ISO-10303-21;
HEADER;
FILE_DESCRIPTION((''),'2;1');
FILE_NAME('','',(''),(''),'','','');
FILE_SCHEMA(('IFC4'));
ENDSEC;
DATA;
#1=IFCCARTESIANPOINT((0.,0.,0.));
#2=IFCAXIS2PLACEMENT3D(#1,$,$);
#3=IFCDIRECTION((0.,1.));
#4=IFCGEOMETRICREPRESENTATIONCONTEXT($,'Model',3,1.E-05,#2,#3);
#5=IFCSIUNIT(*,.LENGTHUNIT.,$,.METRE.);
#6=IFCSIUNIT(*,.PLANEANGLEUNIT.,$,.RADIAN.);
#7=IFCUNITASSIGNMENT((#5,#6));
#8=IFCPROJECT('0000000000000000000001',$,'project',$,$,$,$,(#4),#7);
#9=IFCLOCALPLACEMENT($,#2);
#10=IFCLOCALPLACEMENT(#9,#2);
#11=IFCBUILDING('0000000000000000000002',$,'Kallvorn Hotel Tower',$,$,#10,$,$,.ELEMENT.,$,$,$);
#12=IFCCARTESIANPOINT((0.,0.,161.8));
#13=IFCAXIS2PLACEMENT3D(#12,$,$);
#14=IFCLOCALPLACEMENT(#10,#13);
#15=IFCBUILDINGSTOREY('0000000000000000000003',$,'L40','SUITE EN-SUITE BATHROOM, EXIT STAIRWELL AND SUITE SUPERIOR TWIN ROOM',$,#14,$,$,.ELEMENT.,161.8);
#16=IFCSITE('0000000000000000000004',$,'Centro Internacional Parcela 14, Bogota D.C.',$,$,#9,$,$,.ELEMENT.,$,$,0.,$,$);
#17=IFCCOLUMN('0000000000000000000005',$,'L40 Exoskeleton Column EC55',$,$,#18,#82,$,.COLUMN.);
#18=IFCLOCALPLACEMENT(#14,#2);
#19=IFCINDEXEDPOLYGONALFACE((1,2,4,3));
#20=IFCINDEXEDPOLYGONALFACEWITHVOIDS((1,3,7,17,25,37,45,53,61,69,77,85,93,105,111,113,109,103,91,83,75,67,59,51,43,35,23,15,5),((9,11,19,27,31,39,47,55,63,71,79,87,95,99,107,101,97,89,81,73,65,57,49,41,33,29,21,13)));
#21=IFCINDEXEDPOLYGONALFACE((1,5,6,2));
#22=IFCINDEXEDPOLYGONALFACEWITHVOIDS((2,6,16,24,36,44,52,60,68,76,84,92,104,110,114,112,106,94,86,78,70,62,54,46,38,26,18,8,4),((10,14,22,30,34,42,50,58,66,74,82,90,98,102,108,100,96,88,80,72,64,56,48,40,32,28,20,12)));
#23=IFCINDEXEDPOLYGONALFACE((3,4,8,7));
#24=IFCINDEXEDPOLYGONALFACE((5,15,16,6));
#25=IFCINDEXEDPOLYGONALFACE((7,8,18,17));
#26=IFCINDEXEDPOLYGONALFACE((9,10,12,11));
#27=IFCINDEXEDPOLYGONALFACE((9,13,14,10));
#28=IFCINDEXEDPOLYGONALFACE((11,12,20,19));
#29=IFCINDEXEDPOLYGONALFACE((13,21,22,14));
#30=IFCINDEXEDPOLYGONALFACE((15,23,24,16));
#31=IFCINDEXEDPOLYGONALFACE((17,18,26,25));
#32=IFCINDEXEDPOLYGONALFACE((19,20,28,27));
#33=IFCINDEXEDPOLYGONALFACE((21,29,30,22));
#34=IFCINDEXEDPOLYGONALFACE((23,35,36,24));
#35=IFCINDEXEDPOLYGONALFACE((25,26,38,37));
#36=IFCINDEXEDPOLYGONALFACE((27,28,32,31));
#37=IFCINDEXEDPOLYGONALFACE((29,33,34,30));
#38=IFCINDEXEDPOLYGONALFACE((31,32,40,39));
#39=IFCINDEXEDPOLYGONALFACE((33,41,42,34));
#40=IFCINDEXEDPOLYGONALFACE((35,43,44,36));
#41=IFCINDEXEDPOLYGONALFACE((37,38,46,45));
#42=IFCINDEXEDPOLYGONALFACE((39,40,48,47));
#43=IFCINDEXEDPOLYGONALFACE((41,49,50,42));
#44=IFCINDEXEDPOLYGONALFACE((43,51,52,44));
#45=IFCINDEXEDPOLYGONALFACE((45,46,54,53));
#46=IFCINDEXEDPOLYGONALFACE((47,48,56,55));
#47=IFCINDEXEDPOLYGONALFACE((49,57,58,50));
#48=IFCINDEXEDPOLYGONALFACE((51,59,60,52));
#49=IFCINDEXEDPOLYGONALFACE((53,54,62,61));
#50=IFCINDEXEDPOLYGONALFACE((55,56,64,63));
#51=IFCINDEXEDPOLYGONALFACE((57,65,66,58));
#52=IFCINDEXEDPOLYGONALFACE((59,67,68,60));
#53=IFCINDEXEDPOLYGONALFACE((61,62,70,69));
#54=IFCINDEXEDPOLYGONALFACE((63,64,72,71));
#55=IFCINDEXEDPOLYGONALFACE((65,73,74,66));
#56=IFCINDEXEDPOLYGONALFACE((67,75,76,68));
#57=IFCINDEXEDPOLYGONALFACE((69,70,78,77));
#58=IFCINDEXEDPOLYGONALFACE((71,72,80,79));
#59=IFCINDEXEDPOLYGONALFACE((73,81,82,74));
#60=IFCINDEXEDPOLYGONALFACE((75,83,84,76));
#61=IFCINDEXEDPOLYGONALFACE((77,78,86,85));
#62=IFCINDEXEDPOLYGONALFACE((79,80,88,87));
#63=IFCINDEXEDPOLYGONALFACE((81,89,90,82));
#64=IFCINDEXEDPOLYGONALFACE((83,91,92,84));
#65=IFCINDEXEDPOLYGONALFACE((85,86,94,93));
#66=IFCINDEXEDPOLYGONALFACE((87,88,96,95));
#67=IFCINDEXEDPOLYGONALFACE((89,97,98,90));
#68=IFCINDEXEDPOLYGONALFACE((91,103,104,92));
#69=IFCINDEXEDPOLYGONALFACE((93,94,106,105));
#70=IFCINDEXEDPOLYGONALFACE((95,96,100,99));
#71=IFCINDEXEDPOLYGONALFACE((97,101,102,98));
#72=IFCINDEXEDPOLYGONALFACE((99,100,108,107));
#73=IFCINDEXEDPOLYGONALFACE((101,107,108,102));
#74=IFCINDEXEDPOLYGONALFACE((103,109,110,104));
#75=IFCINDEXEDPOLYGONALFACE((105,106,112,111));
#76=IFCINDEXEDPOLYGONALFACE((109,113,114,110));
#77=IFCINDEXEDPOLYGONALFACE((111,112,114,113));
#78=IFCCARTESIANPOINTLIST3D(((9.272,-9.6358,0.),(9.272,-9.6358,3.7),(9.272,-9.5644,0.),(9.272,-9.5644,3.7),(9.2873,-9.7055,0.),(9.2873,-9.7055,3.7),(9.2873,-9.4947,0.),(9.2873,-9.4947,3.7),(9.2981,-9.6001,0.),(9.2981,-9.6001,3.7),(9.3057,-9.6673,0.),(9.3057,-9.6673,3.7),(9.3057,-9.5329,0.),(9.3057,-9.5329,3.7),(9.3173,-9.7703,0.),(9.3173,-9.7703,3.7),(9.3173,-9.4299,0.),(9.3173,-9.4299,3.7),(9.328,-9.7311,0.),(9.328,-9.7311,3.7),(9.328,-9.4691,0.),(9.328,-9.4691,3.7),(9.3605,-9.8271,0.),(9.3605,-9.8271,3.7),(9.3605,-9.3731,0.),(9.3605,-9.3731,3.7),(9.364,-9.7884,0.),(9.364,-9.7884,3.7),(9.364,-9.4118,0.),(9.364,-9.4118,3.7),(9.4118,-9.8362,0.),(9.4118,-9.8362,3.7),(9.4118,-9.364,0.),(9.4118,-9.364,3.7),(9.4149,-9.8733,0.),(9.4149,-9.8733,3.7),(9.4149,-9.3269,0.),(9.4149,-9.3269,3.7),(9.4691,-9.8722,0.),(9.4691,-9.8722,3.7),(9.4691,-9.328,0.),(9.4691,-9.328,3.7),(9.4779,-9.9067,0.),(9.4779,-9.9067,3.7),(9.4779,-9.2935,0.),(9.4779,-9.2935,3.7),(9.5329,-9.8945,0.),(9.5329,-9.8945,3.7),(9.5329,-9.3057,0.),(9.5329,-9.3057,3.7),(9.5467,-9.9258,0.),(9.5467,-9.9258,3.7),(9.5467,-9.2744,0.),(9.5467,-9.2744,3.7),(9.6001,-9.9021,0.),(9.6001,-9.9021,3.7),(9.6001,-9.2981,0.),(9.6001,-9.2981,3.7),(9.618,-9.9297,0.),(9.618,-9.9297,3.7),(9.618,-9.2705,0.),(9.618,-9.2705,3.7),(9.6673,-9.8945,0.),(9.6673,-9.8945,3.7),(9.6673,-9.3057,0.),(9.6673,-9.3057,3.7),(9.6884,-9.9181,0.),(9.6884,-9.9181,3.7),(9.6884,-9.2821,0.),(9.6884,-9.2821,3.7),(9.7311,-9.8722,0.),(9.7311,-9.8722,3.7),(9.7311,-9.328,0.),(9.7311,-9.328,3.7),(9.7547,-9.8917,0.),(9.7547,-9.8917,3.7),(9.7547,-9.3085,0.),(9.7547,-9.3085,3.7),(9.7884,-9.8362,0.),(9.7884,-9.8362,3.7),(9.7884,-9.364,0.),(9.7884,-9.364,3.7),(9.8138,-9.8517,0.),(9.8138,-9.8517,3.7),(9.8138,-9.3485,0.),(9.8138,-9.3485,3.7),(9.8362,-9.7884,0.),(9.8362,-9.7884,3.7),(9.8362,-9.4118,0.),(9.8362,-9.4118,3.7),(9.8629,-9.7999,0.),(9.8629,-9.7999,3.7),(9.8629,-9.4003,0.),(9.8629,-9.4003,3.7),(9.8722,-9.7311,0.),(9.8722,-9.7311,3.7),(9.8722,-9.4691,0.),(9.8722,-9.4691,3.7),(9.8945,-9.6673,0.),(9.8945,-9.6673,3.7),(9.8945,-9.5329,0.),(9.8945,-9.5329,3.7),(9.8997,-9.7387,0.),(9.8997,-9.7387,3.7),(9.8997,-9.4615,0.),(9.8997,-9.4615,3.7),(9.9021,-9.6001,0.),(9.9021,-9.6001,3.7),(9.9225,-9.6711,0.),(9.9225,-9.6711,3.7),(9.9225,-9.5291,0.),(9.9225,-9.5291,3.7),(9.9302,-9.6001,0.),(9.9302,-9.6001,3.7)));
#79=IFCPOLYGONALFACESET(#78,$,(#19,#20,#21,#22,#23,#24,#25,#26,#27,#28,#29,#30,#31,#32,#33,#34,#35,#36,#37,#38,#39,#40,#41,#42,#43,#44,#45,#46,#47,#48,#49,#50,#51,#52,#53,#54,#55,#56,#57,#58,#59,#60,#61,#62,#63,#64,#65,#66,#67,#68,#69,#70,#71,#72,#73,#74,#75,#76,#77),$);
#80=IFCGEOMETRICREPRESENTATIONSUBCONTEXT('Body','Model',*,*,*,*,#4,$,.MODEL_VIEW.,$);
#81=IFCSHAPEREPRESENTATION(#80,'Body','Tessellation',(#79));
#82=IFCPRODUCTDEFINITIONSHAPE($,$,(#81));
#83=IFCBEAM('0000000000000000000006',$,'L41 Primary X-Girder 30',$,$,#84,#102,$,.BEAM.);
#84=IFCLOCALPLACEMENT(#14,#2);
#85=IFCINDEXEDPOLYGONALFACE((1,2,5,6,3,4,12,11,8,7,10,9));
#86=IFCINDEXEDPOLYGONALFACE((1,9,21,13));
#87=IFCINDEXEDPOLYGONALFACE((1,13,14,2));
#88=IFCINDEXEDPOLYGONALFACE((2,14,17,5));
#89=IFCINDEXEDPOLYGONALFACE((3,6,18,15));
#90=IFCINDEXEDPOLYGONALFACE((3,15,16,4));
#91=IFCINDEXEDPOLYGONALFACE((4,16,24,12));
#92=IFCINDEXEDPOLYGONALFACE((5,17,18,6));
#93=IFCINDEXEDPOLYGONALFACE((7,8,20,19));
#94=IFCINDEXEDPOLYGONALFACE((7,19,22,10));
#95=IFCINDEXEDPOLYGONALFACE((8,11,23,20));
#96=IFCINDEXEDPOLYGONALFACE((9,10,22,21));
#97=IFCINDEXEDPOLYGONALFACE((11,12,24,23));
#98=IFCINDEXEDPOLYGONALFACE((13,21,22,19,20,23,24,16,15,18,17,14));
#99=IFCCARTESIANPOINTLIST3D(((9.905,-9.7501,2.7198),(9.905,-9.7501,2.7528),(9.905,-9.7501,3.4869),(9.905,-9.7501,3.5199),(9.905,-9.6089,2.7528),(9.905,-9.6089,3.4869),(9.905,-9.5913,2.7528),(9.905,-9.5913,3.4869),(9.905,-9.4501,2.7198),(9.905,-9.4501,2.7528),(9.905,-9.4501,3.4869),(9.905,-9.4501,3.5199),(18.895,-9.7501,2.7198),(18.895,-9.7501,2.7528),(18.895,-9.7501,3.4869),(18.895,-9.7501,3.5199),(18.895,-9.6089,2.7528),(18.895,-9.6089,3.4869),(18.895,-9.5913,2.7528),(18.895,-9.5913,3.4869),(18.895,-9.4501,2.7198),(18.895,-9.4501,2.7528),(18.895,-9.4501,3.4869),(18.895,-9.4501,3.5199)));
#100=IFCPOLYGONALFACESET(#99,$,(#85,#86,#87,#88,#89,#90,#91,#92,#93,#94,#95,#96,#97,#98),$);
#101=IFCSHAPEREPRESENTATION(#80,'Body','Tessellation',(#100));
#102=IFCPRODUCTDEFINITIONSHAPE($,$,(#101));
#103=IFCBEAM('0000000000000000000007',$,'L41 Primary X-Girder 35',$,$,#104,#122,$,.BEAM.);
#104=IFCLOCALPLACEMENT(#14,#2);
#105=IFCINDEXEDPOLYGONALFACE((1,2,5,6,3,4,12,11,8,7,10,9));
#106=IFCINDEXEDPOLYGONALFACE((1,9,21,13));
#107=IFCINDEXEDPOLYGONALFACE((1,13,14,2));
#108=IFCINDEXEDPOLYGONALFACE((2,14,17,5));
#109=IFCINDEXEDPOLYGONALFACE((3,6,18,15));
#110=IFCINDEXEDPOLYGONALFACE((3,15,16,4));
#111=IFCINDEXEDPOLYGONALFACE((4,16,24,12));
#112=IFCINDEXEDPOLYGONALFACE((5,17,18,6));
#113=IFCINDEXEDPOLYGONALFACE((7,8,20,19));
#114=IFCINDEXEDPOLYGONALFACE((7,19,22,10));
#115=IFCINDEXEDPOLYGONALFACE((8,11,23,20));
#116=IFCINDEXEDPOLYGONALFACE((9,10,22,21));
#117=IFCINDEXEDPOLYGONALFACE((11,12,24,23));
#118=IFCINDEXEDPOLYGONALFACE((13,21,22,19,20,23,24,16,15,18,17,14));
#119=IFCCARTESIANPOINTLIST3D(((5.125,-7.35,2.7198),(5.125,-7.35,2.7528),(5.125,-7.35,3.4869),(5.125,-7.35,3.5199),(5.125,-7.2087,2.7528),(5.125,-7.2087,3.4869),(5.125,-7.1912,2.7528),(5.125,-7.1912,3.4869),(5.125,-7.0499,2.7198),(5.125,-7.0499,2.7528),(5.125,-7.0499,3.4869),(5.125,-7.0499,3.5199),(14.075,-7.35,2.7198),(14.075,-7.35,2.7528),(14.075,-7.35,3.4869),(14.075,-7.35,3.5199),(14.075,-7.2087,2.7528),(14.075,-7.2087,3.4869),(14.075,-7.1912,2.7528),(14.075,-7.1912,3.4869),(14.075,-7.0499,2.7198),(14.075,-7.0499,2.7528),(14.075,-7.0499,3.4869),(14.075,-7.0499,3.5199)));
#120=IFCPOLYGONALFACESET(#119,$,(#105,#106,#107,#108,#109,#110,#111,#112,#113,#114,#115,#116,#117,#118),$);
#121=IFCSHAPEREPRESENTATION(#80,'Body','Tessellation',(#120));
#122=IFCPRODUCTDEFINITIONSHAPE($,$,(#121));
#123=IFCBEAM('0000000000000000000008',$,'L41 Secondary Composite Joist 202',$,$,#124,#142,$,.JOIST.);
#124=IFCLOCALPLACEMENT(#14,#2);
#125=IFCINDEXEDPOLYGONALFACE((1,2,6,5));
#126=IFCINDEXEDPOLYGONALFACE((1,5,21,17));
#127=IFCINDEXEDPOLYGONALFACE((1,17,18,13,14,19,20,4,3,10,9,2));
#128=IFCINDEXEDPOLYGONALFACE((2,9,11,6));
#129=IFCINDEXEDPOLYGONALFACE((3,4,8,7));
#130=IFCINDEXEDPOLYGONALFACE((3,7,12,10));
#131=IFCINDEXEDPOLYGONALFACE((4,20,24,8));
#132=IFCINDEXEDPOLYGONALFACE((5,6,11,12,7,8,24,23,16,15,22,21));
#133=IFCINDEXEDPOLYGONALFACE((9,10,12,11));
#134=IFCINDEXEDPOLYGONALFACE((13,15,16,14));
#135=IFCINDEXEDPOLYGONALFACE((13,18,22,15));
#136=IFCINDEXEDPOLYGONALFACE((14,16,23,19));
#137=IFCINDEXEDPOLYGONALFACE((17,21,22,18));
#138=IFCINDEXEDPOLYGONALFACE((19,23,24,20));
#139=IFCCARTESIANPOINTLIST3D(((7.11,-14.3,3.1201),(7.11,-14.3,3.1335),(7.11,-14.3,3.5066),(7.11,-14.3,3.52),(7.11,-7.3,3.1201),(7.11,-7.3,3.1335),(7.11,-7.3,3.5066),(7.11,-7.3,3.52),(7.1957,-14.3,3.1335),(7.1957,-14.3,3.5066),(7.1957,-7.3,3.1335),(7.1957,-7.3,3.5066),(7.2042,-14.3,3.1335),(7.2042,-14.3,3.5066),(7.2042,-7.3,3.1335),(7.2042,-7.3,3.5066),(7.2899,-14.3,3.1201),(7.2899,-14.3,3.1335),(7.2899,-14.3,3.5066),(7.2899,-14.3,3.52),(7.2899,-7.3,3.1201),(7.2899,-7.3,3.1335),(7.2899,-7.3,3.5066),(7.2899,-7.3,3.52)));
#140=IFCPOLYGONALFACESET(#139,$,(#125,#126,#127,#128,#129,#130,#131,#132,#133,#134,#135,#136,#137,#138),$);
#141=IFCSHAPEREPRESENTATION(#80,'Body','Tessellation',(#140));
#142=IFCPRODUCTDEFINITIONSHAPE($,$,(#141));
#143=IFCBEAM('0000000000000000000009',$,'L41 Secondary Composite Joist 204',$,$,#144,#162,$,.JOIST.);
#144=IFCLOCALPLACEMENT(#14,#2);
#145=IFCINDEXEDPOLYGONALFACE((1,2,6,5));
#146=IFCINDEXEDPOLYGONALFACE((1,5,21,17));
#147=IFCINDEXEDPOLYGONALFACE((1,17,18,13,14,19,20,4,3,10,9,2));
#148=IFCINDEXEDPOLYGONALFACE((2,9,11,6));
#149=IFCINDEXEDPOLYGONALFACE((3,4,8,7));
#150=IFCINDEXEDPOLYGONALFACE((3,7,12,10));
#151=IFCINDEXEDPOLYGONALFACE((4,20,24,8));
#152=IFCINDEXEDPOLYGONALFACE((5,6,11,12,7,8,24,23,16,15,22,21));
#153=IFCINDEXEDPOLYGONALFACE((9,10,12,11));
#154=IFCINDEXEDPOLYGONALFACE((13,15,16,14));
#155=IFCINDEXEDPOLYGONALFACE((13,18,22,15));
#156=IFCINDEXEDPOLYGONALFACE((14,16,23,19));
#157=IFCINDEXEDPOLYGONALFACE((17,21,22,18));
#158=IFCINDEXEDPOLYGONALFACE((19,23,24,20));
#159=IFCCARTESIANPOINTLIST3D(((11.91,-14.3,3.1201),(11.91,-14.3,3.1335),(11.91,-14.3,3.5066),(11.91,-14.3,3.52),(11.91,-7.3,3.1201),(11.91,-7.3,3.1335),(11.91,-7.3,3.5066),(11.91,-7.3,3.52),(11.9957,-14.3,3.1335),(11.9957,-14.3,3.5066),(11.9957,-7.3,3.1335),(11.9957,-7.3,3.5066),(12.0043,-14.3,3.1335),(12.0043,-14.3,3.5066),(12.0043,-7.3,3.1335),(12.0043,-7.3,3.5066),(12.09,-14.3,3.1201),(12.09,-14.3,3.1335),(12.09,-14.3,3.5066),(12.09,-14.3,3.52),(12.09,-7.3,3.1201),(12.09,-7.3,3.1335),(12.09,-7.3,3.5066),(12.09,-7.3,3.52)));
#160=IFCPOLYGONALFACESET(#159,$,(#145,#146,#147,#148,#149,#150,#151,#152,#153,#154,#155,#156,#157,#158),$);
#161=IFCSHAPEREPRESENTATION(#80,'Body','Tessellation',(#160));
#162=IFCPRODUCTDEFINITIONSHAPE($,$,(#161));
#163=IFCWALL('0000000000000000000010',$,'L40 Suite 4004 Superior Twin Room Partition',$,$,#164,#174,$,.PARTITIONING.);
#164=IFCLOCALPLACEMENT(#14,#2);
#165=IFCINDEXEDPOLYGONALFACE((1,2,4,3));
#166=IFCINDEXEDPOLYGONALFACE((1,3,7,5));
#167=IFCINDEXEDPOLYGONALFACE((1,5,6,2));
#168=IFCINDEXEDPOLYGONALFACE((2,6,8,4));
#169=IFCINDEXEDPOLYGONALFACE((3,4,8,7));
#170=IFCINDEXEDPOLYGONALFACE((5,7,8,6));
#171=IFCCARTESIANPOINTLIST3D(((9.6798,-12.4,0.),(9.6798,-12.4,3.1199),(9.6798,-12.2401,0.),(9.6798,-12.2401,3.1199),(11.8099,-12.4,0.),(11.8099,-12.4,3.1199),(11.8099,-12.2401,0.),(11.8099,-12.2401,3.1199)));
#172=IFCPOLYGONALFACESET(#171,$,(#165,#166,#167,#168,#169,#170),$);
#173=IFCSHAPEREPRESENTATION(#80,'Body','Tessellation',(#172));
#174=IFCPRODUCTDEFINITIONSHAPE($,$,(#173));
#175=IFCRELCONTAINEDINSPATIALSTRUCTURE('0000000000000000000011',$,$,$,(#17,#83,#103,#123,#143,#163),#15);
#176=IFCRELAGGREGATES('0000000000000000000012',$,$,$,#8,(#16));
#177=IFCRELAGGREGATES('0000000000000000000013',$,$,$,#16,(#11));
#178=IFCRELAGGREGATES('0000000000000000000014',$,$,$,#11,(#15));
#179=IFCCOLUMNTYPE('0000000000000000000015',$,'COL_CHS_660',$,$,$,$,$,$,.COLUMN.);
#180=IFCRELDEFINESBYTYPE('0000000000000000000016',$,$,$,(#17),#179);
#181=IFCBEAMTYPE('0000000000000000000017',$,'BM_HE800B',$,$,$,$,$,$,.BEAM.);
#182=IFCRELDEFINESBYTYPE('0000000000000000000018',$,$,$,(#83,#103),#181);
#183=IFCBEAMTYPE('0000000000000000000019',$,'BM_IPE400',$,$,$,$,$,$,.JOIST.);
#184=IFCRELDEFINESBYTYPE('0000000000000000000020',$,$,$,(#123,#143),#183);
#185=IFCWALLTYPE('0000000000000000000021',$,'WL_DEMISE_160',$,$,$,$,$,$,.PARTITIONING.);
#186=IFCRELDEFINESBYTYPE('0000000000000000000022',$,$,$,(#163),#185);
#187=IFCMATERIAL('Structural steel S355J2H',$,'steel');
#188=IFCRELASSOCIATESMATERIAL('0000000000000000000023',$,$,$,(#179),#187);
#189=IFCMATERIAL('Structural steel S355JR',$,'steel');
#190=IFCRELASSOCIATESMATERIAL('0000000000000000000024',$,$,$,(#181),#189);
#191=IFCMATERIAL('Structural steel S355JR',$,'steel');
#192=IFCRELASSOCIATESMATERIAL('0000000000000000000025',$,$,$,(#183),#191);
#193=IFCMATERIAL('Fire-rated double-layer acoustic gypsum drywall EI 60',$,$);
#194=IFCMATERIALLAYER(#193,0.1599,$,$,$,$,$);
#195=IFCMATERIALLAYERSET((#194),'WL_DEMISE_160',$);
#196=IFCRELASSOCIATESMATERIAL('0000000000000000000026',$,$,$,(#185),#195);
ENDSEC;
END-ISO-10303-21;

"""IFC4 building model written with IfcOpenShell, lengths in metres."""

from ifc_helpers import new_model, si_unit, direction, frame, frame_2d, origin, origin_2d, place, context, subcontext, project, spatial, rectangle, hollow_circle, i_section, extrude, material, layer, layer_set, material_profile, profile_set, type_object, element, save


model = new_model("IFC4")

# Units and contexts
model_context = context("Model", 3, precision=1e-05, world=origin(), true_north=direction((0.0, 1.0)))
body_context = subcontext(model_context, "Body", "Model", "MODEL_VIEW")
ifc_project = project(units=[si_unit("LENGTHUNIT", "METRE"), si_unit("PLANEANGLEUNIT", "RADIAN")], contexts=[model_context])

# Site, building, storey
site_placement = place(None, origin())
site = spatial("IfcSite", under=ifc_project, at=site_placement, Name="Centro Internacional Parcela 14, Bogota D.C.", CompositionType="ELEMENT", RefElevation=0.0)
building_placement = place(site_placement, origin())
building = spatial("IfcBuilding", under=site, at=building_placement, Name="Kallvorn Hotel Tower", CompositionType="ELEMENT")
storey_placement = place(building_placement, frame((0.0, 0.0, 161.8)))
storey = spatial("IfcBuildingStorey", under=building, at=storey_placement, Name="L40", Description="SUITE EN-SUITE BATHROOM, EXIT STAIRWELL AND SUITE SUPERIOR TWIN ROOM", CompositionType="ELEMENT", Elevation=161.8)

# Column
ifc_material_1 = material(Name="Structural steel S355J2H", Category="steel")
ifc_material_profile_1 = material_profile(ifc_material_1, hollow_circle(Radius=0.3301, WallThickness=0.0281, at=origin_2d()), Name="CHS 660x28")
ifc_profile_set_1 = profile_set([ifc_material_profile_1], Name="Structural steel S355J2H")
column_type = type_object("IfcColumnType", Name="COL_CHS_660", PredefinedType="COLUMN", material=ifc_profile_set_1)
column_placement = place(storey_placement, frame((9.6001, -9.6001, 0.0), z_axis=(0.0, 0.0, 1.0), x_axis=(1.0, 0.0, 0.0)))
element("IfcColumn", 1, at=column_placement, inside=storey, type_object=column_type, Name="L40 Exoskeleton Column EC55", PredefinedType="COLUMN", context=body_context, shape_type="SweptSolid", body=[
    extrude(hollow_circle(Radius=0.3301, WallThickness=0.0281, at=origin_2d()), origin(), (0.0, 0.0, 1.0), 3.7),
])

# Beams
ifc_material_2 = material(Name="Structural steel S355JR", Category="steel")
ifc_material_profile_2 = material_profile(ifc_material_2, i_section(OverallWidth=0.3, OverallDepth=0.8, WebThickness=0.0176, FlangeThickness=0.033, at=origin_2d()), Name="HE 800 B")
ifc_profile_set_2 = profile_set([ifc_material_profile_2], Name="Structural steel S355JR")
beam_type_1 = type_object("IfcBeamType", Name="BM_HE800B", PredefinedType="BEAM", material=ifc_profile_set_2)
beam_1_placement = place(storey_placement, frame((9.905, -9.6001, 3.1199), z_axis=(1.0, 0.0, 0.0), x_axis=(0.0, 1.0, 0.0)))
element("IfcBeam", 2, at=beam_1_placement, inside=storey, type_object=beam_type_1, Name="L41 Primary X-Girder 30", PredefinedType="BEAM", context=body_context, shape_type="SweptSolid", body=[
    extrude(i_section(OverallWidth=0.3, OverallDepth=0.8, WebThickness=0.0176, FlangeThickness=0.033, at=origin_2d()), origin(), (0.0, 0.0, 1.0), 8.99),
])
beam_2_placement = place(storey_placement, frame((5.125, -7.2, 3.1199), z_axis=(1.0, 0.0, 0.0), x_axis=(0.0, 1.0, 0.0)))
element("IfcBeam", 3, at=beam_2_placement, inside=storey, type_object=beam_type_1, Name="L41 Primary X-Girder 35", PredefinedType="BEAM", context=body_context, shape_type="SweptSolid", body=[
    extrude(i_section(OverallWidth=0.3, OverallDepth=0.8, WebThickness=0.0176, FlangeThickness=0.033, at=origin_2d()), origin(), (0.0, 0.0, 1.0), 8.95),
])
ifc_material_3 = material(Name="Structural steel S355JR", Category="steel")
ifc_material_profile_3 = material_profile(ifc_material_3, i_section(OverallWidth=0.1799, OverallDepth=0.3999, WebThickness=0.0085, FlangeThickness=0.0134, at=origin_2d()), Name="IPE 400")
ifc_profile_set_3 = profile_set([ifc_material_profile_3], Name="Structural steel S355JR")
beam_type_2 = type_object("IfcBeamType", Name="BM_IPE400", PredefinedType="JOIST", material=ifc_profile_set_3)
for number, where, z_axis, x_axis, name in (
    (4, (7.2, -14.3, 3.3201), (0.0, 1.0, 0.0), (-1.0, 0.0, 0.0), "L41 Secondary Composite Joist 202"),
    (5, (12.0, -14.3, 3.3201), (0.0, 1.0, 0.0), (-1.0, 0.0, 0.0), "L41 Secondary Composite Joist 204"),
):
    element("IfcBeam", number, at=place(storey_placement, frame(where, z_axis=z_axis, x_axis=x_axis)), inside=storey, type_object=beam_type_2, Name=name, PredefinedType="JOIST", context=body_context, shape_type="SweptSolid", body=[
        extrude(i_section(OverallWidth=0.1799, OverallDepth=0.3999, WebThickness=0.0085, FlangeThickness=0.0134, at=origin_2d()), origin(), (0.0, 0.0, 1.0), 7.0),
    ])

# Wall
ifc_material_4 = material(Name="Fire-rated double-layer acoustic gypsum drywall EI 60")
ifc_layer_1 = layer(ifc_material_4, 0.1599)
ifc_layer_set_1 = layer_set([ifc_layer_1], Name="WL_DEMISE_160")
wall_type_1 = type_object("IfcWallType", Name="WL_DEMISE_160", PredefinedType="PARTITIONING", material=ifc_layer_set_1)
wall_1_placement = place(storey_placement, frame((9.6799, -12.3201, 0.0), z_axis=(0.0, 0.0, 1.0), x_axis=(1.0, 0.0, 0.0)))
element("IfcWall", 6, at=wall_1_placement, inside=storey, type_object=wall_type_1, Name="L40 Suite 4004 Superior Twin Room Partition", PredefinedType="PARTITIONING", context=body_context, shape_type="SweptSolid", body=[
    extrude(rectangle(XDim=2.1301, YDim=0.1599, at=frame_2d((1.0649, 0.0))), origin(), (0.0, 0.0, 1.0), 3.1199),
])

save(model, "model.ifc")
